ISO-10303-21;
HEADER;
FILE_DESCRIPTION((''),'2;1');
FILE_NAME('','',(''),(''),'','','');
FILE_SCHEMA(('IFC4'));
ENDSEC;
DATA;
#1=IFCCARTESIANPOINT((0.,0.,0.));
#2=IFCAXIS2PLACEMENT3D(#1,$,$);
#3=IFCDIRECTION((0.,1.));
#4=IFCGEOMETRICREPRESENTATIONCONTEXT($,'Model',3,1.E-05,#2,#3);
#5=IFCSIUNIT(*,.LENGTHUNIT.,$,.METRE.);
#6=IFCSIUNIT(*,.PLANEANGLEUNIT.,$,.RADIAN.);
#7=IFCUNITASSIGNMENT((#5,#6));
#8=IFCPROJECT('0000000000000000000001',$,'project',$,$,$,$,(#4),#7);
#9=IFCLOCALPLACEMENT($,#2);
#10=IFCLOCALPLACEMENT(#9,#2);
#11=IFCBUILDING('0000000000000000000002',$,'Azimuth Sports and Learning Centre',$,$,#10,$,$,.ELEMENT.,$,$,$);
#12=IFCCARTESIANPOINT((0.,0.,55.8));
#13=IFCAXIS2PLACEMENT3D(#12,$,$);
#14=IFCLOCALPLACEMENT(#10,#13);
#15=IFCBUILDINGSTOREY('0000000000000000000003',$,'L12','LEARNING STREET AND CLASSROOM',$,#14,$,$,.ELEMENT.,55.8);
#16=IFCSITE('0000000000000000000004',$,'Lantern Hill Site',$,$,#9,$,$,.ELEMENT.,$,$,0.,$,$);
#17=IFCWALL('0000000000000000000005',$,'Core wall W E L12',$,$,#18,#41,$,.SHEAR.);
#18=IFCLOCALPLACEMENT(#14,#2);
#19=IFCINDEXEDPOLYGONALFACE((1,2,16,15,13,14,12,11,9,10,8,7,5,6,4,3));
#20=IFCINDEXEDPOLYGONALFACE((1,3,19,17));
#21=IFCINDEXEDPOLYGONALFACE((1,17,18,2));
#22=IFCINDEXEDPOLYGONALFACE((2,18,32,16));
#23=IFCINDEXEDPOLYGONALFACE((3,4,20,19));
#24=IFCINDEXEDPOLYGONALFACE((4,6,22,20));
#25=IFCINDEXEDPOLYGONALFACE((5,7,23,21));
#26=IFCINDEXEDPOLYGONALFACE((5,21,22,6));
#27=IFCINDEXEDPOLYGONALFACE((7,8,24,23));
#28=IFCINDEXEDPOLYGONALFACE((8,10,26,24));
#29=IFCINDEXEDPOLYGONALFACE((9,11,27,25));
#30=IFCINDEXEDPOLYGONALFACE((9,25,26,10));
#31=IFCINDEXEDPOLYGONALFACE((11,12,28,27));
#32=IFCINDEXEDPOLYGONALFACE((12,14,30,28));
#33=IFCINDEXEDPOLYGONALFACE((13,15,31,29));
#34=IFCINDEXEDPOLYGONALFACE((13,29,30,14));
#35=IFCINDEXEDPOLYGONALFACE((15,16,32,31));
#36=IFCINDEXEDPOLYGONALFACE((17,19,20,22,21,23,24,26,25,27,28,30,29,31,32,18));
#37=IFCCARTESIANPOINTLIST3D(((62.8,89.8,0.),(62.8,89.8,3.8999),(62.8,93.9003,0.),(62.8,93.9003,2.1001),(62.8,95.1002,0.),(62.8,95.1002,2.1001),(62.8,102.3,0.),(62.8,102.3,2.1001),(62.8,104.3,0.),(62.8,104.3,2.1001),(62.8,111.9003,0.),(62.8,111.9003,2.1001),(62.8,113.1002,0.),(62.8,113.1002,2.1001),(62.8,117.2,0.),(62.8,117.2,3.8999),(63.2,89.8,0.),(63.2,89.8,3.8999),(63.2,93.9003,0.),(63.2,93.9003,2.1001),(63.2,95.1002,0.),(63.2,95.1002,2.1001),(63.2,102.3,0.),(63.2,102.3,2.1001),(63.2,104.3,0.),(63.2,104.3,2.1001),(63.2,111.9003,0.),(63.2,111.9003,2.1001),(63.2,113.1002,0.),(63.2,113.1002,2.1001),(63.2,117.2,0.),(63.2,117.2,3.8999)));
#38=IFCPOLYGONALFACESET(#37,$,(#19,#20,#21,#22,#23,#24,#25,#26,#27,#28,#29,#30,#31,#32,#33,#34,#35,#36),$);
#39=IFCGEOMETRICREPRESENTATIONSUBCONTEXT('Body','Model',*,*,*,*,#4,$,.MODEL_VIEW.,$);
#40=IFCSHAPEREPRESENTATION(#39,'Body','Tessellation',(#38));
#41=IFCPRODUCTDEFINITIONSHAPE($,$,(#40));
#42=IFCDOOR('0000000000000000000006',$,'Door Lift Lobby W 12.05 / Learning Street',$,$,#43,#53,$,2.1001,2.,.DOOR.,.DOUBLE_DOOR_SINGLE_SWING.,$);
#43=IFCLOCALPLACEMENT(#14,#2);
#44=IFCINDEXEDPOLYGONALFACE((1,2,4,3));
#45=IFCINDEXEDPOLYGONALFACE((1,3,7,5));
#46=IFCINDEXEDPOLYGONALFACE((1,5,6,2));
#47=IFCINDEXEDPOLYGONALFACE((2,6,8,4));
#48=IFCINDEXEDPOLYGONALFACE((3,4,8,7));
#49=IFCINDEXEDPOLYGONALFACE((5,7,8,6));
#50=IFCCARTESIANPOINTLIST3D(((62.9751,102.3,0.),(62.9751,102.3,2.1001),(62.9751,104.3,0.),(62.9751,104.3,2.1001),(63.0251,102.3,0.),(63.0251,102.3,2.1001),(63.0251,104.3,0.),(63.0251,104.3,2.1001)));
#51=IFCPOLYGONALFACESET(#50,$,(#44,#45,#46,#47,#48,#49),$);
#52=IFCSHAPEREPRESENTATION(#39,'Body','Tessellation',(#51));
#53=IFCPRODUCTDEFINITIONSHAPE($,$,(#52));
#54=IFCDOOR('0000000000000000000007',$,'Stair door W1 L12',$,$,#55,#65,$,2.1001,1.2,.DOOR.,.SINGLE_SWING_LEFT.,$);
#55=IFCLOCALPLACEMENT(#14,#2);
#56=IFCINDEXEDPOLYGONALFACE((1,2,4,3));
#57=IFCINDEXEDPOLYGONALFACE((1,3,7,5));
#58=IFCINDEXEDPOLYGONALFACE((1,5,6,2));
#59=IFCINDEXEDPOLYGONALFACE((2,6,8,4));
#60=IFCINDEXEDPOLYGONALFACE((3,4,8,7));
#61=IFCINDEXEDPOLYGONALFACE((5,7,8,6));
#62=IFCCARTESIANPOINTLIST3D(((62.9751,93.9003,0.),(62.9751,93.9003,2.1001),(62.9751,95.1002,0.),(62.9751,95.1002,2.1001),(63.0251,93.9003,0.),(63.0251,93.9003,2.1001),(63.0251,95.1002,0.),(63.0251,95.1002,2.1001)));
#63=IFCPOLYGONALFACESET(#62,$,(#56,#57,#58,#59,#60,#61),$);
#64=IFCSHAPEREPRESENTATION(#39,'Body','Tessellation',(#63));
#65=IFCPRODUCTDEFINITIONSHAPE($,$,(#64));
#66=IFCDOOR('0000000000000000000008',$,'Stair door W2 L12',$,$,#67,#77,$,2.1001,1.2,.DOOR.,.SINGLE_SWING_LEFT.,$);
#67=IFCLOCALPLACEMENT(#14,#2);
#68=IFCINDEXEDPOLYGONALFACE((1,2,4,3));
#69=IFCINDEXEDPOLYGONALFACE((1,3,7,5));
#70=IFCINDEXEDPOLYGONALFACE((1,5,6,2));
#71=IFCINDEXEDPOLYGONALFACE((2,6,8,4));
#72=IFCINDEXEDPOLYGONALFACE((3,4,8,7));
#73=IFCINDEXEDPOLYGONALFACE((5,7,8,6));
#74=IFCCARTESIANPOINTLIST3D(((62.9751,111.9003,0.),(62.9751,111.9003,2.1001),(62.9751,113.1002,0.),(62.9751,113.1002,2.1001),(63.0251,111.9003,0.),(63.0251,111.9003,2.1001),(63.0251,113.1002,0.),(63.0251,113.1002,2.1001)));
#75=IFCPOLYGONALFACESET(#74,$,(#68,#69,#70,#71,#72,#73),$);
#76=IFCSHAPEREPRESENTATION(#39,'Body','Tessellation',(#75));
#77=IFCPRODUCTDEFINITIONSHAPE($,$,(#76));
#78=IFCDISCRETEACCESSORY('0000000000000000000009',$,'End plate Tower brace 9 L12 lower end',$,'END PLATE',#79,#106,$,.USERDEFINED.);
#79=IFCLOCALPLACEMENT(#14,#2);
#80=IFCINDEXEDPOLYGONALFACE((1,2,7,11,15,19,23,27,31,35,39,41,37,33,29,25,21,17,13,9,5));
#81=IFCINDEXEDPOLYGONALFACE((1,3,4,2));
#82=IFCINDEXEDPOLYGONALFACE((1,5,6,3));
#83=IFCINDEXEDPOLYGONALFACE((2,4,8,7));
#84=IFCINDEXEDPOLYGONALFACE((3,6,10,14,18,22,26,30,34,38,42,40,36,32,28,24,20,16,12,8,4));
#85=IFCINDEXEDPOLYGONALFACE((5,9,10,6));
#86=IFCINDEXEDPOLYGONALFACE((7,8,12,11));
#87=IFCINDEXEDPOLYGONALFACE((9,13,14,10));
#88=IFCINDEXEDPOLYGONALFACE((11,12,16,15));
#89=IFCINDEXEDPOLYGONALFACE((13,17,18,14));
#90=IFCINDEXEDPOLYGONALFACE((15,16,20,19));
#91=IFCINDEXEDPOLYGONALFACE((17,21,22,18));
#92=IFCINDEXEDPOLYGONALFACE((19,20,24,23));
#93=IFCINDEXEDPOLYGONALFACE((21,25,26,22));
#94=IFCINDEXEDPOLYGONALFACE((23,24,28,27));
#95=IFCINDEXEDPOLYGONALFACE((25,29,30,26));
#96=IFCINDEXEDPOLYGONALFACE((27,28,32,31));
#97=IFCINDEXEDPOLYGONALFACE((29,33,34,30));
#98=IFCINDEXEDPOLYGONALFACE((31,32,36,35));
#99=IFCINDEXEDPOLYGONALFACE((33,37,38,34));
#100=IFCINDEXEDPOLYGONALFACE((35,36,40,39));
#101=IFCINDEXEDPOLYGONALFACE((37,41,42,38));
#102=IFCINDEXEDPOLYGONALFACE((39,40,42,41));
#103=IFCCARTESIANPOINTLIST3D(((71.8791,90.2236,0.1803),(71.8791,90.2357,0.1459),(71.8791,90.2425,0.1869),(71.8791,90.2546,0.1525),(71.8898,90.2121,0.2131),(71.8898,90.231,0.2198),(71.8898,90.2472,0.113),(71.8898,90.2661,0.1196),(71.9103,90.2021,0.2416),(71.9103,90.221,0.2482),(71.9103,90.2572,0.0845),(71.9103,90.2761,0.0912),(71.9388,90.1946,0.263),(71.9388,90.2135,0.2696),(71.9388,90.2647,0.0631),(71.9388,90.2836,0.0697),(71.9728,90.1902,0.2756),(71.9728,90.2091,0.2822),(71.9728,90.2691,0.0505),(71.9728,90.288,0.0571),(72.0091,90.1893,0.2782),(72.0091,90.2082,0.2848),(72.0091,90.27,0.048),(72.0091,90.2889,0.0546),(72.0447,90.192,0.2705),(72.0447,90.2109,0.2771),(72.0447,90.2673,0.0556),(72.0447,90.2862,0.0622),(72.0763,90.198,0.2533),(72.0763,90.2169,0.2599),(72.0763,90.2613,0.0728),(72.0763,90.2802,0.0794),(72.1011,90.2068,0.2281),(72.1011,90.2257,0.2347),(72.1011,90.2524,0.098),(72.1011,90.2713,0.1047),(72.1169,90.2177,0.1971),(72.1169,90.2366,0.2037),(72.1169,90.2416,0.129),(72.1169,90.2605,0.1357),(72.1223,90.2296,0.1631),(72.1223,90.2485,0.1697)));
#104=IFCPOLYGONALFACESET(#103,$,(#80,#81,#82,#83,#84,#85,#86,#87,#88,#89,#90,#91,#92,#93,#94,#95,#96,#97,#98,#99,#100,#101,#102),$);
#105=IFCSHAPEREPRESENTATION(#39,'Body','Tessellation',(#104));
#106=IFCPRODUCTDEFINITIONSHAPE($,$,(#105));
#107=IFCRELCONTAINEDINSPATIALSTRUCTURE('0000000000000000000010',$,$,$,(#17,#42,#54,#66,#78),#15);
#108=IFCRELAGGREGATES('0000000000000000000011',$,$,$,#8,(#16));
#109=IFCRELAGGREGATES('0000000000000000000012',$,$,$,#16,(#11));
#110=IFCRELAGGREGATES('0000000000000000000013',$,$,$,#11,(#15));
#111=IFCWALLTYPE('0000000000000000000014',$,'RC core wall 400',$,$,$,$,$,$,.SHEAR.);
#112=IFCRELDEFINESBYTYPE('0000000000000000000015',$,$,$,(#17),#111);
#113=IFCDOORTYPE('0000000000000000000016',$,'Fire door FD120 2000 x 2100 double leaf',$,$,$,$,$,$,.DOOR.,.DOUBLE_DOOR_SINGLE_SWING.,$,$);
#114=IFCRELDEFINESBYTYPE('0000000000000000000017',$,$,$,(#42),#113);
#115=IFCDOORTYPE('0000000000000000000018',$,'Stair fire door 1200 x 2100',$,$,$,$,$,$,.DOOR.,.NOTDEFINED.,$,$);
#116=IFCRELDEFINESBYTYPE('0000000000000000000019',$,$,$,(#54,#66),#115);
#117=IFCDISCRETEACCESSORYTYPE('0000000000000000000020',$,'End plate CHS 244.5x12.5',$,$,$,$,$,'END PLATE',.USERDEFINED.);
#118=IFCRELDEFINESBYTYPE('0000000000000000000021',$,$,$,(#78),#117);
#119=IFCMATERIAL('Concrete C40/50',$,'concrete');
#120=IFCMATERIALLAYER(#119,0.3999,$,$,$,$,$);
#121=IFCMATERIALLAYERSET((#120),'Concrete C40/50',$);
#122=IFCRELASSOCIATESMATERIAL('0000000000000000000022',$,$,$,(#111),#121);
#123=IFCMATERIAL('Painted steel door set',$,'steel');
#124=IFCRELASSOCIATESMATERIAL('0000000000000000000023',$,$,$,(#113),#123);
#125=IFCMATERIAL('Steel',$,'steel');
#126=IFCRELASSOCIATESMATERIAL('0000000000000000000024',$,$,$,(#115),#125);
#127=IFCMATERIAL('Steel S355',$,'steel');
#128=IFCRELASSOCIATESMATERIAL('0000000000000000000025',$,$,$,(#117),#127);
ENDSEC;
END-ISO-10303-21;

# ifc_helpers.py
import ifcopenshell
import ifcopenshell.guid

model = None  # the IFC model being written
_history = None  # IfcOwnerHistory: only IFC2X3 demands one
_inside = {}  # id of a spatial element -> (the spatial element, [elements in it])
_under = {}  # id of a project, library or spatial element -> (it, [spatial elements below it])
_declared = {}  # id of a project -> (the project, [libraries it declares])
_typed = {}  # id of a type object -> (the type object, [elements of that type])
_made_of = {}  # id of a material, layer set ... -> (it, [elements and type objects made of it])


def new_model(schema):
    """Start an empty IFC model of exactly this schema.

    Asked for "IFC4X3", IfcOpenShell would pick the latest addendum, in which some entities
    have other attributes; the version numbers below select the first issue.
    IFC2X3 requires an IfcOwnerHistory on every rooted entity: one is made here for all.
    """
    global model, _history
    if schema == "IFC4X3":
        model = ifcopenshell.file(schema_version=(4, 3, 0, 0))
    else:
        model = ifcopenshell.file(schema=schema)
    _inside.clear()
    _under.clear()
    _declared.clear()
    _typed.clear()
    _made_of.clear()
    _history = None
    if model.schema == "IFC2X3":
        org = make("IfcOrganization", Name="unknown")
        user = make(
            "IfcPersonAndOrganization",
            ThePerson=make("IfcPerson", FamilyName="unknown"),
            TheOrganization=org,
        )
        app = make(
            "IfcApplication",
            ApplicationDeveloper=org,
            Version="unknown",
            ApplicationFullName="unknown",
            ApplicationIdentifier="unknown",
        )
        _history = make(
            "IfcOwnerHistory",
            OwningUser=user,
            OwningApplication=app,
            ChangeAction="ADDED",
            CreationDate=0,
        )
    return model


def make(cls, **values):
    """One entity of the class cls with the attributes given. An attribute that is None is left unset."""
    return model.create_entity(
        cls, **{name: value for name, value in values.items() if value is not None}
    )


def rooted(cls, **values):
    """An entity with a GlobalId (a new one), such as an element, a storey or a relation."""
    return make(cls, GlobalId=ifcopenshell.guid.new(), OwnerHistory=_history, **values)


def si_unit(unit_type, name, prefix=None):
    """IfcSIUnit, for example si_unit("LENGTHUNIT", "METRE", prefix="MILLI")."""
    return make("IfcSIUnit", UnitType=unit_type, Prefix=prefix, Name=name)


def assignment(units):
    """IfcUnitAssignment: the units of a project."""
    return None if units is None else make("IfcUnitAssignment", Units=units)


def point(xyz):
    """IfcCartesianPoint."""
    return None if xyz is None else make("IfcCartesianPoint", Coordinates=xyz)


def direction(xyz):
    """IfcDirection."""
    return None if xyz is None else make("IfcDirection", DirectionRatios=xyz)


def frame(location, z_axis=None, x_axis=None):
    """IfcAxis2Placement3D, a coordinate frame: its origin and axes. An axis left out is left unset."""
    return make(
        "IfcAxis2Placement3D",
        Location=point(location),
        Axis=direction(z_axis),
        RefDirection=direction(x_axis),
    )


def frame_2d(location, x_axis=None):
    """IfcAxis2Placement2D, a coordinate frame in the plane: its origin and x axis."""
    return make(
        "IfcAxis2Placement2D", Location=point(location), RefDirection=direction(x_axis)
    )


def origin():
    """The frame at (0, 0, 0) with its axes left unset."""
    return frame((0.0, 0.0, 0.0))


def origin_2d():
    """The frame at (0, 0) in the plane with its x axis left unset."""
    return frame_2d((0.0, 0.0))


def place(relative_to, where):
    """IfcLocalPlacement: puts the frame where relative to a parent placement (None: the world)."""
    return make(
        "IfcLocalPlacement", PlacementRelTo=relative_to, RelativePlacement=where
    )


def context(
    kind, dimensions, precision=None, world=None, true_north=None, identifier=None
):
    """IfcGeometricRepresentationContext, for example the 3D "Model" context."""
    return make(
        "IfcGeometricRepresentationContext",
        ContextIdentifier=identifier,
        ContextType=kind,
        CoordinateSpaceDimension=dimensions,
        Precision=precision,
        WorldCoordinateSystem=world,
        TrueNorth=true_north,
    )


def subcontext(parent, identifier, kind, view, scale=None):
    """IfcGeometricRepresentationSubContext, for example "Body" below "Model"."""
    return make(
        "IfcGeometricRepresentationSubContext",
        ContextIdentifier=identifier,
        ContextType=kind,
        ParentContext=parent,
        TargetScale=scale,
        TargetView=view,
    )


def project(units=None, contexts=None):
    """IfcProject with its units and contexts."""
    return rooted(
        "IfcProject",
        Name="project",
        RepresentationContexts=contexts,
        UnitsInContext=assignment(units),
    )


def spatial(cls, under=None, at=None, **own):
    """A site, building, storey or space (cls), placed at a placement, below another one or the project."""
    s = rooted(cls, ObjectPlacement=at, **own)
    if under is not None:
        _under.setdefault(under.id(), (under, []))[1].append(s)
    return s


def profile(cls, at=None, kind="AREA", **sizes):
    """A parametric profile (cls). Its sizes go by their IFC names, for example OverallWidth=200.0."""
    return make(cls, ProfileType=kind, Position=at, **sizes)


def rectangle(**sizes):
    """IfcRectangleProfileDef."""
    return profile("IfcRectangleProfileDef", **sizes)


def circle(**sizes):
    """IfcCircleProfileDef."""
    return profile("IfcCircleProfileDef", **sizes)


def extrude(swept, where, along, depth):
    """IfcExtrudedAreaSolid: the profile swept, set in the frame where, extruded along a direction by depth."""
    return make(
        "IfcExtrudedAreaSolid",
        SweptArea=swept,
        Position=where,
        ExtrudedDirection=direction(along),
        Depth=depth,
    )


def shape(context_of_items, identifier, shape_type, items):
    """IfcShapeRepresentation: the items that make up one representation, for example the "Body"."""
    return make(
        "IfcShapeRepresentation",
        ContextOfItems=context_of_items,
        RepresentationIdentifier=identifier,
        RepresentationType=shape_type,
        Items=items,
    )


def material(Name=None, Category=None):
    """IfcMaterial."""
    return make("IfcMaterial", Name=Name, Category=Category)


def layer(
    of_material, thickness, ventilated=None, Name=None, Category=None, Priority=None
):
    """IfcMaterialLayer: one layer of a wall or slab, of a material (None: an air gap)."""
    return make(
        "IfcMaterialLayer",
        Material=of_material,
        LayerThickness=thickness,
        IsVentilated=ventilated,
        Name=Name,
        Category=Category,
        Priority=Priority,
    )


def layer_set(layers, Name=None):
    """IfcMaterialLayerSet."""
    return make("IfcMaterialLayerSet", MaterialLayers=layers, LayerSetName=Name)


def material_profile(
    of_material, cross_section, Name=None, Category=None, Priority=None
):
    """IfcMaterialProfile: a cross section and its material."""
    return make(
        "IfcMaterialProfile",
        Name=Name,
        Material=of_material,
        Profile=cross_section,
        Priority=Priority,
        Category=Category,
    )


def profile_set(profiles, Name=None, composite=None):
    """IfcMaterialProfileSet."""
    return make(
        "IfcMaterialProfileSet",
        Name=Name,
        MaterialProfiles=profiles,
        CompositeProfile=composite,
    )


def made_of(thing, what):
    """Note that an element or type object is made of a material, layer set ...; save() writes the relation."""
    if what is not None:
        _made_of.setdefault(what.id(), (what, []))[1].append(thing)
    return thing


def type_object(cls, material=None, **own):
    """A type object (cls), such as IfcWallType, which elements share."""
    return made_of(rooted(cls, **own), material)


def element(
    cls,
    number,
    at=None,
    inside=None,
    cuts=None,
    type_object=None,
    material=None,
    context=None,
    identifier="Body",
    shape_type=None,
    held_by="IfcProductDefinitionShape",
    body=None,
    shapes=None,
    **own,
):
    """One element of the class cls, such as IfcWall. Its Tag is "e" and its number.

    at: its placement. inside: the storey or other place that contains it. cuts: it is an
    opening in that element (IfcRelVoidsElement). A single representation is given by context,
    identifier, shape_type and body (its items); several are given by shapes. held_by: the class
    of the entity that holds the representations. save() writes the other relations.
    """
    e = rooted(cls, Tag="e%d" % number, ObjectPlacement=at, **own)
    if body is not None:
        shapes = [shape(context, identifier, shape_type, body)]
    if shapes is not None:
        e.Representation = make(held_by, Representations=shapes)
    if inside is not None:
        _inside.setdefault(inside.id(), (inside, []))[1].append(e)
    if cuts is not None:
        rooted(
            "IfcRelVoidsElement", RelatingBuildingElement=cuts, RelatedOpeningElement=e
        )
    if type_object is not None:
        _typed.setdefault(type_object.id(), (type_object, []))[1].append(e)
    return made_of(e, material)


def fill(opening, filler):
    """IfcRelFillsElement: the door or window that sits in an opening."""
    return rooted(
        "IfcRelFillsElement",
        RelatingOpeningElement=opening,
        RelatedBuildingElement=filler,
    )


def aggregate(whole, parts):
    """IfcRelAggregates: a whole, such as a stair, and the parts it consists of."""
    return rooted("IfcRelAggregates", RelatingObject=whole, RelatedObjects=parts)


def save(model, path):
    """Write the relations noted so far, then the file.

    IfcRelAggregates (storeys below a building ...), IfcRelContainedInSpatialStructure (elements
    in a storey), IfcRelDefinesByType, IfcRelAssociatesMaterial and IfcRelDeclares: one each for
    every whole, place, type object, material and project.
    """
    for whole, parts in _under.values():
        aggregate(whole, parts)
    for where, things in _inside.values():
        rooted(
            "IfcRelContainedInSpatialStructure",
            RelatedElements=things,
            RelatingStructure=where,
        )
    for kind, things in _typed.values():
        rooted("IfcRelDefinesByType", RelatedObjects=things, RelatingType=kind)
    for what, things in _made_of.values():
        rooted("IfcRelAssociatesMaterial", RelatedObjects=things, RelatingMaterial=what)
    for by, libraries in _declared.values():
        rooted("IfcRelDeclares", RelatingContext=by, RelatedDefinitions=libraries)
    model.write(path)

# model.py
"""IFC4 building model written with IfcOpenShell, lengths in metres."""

from ifc_helpers import new_model, si_unit, direction, frame, frame_2d, origin, origin_2d, place, context, subcontext, project, spatial, rectangle, circle, extrude, material, layer, layer_set, material_profile, profile_set, type_object, element, fill, save


model = new_model("IFC4")

# Units and contexts
model_context = context("Model", 3, precision=1e-05, world=origin(), true_north=direction((0.0, 1.0)))
body_context = subcontext(model_context, "Body", "Model", "MODEL_VIEW")
ifc_project = project(units=[si_unit("LENGTHUNIT", "METRE"), si_unit("PLANEANGLEUNIT", "RADIAN")], contexts=[model_context])

# Site, building, storey
site_placement = place(None, origin())
site = spatial("IfcSite", under=ifc_project, at=site_placement, Name="Lantern Hill Site", CompositionType="ELEMENT", RefElevation=0.0)
building_placement = place(site_placement, origin())
building = spatial("IfcBuilding", under=site, at=building_placement, Name="Azimuth Sports and Learning Centre", CompositionType="ELEMENT")
storey_placement = place(building_placement, frame((0.0, 0.0, 55.8)))
storey = spatial("IfcBuildingStorey", under=building, at=storey_placement, Name="L12", Description="LEARNING STREET AND CLASSROOM", CompositionType="ELEMENT", Elevation=55.8)

# Wall, openings, doors
ifc_material_1 = material(Name="Concrete C40/50", Category="concrete")
ifc_layer_1 = layer(ifc_material_1, 0.3999)
ifc_layer_set_1 = layer_set([ifc_layer_1], Name="Concrete C40/50")
wall_type_1 = type_object("IfcWallType", Name="RC core wall 400", PredefinedType="SHEAR", material=ifc_layer_set_1)
wall_1_placement = place(storey_placement, frame((63.0, 89.8, 0.0), z_axis=(0.0, 0.0, 1.0), x_axis=(0.0, 1.0, 0.0)))
wall_1 = element("IfcWall", 1, at=wall_1_placement, inside=storey, type_object=wall_type_1, Name="Core wall W E L12", PredefinedType="SHEAR", context=body_context, shape_type="SweptSolid", body=[
    extrude(rectangle(XDim=27.3999, YDim=0.3999, at=frame_2d((13.7, 0.0))), origin(), (0.0, 0.0, 1.0), 3.8999),
])
opening_1_placement = place(wall_1_placement, frame((4.1001, 0.0, 0.0)))
opening_1 = element("IfcOpeningElement", 2, at=opening_1_placement, cuts=wall_1, PredefinedType="OPENING", context=body_context, shape_type="SweptSolid", body=[
    extrude(rectangle(XDim=1.2, YDim=2.1001, at=frame_2d((0.6001, 1.05))), frame((0.0, 0.2109, 0.0), z_axis=(0.0, -1.0, 0.0), x_axis=(1.0, 0.0, 0.0)), (0.0, 0.0, 1.0), 0.4219),
])
opening_2_placement = place(wall_1_placement, frame((22.1001, 0.0, 0.0)))
opening_2 = element("IfcOpeningElement", 3, at=opening_2_placement, cuts=wall_1, PredefinedType="OPENING", context=body_context, shape_type="SweptSolid", body=[
    extrude(rectangle(XDim=1.2, YDim=2.1001, at=frame_2d((0.6001, 1.05))), frame((0.0, 0.2109, 0.0), z_axis=(0.0, -1.0, 0.0), x_axis=(1.0, 0.0, 0.0)), (0.0, 0.0, 1.0), 0.4219),
])
opening_3_placement = place(wall_1_placement, frame((12.5, 0.0, 0.0)))
opening_3 = element("IfcOpeningElement", 4, at=opening_3_placement, cuts=wall_1, PredefinedType="OPENING", context=body_context, shape_type="SweptSolid", body=[
    extrude(rectangle(XDim=2.0, YDim=2.1001, at=frame_2d((1.0, 1.05))), frame((0.0, 0.2109, 0.0), z_axis=(0.0, -1.0, 0.0), x_axis=(1.0, 0.0, 0.0)), (0.0, 0.0, 1.0), 0.4219),
])
ifc_material_2 = material(Name="Painted steel door set", Category="steel")
door_type_1 = type_object("IfcDoorType", Name="Fire door FD120 2000 x 2100 double leaf", OperationType="DOUBLE_DOOR_SINGLE_SWING", PredefinedType="DOOR", material=ifc_material_2)
door_1_placement = place(opening_3_placement, origin())
door_1 = element("IfcDoor", 5, at=door_1_placement, inside=storey, type_object=door_type_1, Name="Door Lift Lobby W 12.05 / Learning Street", OperationType="DOUBLE_DOOR_SINGLE_SWING", OverallHeight=2.1001, OverallWidth=2.0, PredefinedType="DOOR", context=body_context, shape_type="SweptSolid", body=[
    extrude(rectangle(XDim=2.0, YDim=2.1001, at=frame_2d((1.0, 1.05))), frame((0.0, 0.0249, 0.0), z_axis=(0.0, -1.0, 0.0), x_axis=(1.0, 0.0, 0.0)), (0.0, 0.0, 1.0), 0.05),
])
fill(opening_3, door_1)
ifc_material_3 = material(Name="Steel", Category="steel")
door_type_2 = type_object("IfcDoorType", Name="Stair fire door 1200 x 2100", OperationType="NOTDEFINED", PredefinedType="DOOR", material=ifc_material_3)
door_2_placement = place(opening_1_placement, origin())
door_2 = element("IfcDoor", 6, at=door_2_placement, inside=storey, type_object=door_type_2, Name="Stair door W1 L12", OperationType="SINGLE_SWING_LEFT", OverallHeight=2.1001, OverallWidth=1.2, PredefinedType="DOOR", context=body_context, shape_type="SweptSolid", body=[
    extrude(rectangle(XDim=1.2, YDim=2.1001, at=frame_2d((0.6001, 1.05))), frame((0.0, 0.0249, 0.0), z_axis=(0.0, -1.0, 0.0), x_axis=(1.0, 0.0, 0.0)), (0.0, 0.0, 1.0), 0.05),
])
fill(opening_1, door_2)
door_3_placement = place(opening_2_placement, origin())
door_3 = element("IfcDoor", 7, at=door_3_placement, inside=storey, type_object=door_type_2, Name="Stair door W2 L12", OperationType="SINGLE_SWING_LEFT", OverallHeight=2.1001, OverallWidth=1.2, PredefinedType="DOOR", context=body_context, shape_type="SweptSolid", body=[
    extrude(rectangle(XDim=1.2, YDim=2.1001, at=frame_2d((0.6001, 1.05))), frame((0.0, 0.0249, 0.0), z_axis=(0.0, -1.0, 0.0), x_axis=(1.0, 0.0, 0.0)), (0.0, 0.0, 1.0), 0.05),
])
fill(opening_2, door_3)

# Discrete accessory
ifc_material_4 = material(Name="Steel S355", Category="steel")
ifc_material_profile_1 = material_profile(ifc_material_4, circle(Radius=0.1223, at=origin_2d()), Name="PL 244 DISC")
ifc_profile_set_1 = profile_set([ifc_material_profile_1], Name="Steel S355")
discrete_accessory_type = type_object("IfcDiscreteAccessoryType", Name="End plate CHS 244.5x12.5", ElementType="END PLATE", PredefinedType="USERDEFINED", material=ifc_profile_set_1)
discrete_accessory_placement = place(storey_placement, frame((72.0, 90.2485, 0.1697), z_axis=(0.0, -0.943667, -0.330896), x_axis=(1.0, 0.0, 0.0)))
element("IfcDiscreteAccessory", 8, at=discrete_accessory_placement, inside=storey, type_object=discrete_accessory_type, Name="End plate Tower brace 9 L12 lower end", ObjectType="END PLATE", PredefinedType="USERDEFINED", context=body_context, shape_type="SweptSolid", body=[
    extrude(circle(Radius=0.1223, at=origin_2d()), origin(), (0.0, 0.0, 1.0), 0.02),
])

save(model, "model.ifc")
